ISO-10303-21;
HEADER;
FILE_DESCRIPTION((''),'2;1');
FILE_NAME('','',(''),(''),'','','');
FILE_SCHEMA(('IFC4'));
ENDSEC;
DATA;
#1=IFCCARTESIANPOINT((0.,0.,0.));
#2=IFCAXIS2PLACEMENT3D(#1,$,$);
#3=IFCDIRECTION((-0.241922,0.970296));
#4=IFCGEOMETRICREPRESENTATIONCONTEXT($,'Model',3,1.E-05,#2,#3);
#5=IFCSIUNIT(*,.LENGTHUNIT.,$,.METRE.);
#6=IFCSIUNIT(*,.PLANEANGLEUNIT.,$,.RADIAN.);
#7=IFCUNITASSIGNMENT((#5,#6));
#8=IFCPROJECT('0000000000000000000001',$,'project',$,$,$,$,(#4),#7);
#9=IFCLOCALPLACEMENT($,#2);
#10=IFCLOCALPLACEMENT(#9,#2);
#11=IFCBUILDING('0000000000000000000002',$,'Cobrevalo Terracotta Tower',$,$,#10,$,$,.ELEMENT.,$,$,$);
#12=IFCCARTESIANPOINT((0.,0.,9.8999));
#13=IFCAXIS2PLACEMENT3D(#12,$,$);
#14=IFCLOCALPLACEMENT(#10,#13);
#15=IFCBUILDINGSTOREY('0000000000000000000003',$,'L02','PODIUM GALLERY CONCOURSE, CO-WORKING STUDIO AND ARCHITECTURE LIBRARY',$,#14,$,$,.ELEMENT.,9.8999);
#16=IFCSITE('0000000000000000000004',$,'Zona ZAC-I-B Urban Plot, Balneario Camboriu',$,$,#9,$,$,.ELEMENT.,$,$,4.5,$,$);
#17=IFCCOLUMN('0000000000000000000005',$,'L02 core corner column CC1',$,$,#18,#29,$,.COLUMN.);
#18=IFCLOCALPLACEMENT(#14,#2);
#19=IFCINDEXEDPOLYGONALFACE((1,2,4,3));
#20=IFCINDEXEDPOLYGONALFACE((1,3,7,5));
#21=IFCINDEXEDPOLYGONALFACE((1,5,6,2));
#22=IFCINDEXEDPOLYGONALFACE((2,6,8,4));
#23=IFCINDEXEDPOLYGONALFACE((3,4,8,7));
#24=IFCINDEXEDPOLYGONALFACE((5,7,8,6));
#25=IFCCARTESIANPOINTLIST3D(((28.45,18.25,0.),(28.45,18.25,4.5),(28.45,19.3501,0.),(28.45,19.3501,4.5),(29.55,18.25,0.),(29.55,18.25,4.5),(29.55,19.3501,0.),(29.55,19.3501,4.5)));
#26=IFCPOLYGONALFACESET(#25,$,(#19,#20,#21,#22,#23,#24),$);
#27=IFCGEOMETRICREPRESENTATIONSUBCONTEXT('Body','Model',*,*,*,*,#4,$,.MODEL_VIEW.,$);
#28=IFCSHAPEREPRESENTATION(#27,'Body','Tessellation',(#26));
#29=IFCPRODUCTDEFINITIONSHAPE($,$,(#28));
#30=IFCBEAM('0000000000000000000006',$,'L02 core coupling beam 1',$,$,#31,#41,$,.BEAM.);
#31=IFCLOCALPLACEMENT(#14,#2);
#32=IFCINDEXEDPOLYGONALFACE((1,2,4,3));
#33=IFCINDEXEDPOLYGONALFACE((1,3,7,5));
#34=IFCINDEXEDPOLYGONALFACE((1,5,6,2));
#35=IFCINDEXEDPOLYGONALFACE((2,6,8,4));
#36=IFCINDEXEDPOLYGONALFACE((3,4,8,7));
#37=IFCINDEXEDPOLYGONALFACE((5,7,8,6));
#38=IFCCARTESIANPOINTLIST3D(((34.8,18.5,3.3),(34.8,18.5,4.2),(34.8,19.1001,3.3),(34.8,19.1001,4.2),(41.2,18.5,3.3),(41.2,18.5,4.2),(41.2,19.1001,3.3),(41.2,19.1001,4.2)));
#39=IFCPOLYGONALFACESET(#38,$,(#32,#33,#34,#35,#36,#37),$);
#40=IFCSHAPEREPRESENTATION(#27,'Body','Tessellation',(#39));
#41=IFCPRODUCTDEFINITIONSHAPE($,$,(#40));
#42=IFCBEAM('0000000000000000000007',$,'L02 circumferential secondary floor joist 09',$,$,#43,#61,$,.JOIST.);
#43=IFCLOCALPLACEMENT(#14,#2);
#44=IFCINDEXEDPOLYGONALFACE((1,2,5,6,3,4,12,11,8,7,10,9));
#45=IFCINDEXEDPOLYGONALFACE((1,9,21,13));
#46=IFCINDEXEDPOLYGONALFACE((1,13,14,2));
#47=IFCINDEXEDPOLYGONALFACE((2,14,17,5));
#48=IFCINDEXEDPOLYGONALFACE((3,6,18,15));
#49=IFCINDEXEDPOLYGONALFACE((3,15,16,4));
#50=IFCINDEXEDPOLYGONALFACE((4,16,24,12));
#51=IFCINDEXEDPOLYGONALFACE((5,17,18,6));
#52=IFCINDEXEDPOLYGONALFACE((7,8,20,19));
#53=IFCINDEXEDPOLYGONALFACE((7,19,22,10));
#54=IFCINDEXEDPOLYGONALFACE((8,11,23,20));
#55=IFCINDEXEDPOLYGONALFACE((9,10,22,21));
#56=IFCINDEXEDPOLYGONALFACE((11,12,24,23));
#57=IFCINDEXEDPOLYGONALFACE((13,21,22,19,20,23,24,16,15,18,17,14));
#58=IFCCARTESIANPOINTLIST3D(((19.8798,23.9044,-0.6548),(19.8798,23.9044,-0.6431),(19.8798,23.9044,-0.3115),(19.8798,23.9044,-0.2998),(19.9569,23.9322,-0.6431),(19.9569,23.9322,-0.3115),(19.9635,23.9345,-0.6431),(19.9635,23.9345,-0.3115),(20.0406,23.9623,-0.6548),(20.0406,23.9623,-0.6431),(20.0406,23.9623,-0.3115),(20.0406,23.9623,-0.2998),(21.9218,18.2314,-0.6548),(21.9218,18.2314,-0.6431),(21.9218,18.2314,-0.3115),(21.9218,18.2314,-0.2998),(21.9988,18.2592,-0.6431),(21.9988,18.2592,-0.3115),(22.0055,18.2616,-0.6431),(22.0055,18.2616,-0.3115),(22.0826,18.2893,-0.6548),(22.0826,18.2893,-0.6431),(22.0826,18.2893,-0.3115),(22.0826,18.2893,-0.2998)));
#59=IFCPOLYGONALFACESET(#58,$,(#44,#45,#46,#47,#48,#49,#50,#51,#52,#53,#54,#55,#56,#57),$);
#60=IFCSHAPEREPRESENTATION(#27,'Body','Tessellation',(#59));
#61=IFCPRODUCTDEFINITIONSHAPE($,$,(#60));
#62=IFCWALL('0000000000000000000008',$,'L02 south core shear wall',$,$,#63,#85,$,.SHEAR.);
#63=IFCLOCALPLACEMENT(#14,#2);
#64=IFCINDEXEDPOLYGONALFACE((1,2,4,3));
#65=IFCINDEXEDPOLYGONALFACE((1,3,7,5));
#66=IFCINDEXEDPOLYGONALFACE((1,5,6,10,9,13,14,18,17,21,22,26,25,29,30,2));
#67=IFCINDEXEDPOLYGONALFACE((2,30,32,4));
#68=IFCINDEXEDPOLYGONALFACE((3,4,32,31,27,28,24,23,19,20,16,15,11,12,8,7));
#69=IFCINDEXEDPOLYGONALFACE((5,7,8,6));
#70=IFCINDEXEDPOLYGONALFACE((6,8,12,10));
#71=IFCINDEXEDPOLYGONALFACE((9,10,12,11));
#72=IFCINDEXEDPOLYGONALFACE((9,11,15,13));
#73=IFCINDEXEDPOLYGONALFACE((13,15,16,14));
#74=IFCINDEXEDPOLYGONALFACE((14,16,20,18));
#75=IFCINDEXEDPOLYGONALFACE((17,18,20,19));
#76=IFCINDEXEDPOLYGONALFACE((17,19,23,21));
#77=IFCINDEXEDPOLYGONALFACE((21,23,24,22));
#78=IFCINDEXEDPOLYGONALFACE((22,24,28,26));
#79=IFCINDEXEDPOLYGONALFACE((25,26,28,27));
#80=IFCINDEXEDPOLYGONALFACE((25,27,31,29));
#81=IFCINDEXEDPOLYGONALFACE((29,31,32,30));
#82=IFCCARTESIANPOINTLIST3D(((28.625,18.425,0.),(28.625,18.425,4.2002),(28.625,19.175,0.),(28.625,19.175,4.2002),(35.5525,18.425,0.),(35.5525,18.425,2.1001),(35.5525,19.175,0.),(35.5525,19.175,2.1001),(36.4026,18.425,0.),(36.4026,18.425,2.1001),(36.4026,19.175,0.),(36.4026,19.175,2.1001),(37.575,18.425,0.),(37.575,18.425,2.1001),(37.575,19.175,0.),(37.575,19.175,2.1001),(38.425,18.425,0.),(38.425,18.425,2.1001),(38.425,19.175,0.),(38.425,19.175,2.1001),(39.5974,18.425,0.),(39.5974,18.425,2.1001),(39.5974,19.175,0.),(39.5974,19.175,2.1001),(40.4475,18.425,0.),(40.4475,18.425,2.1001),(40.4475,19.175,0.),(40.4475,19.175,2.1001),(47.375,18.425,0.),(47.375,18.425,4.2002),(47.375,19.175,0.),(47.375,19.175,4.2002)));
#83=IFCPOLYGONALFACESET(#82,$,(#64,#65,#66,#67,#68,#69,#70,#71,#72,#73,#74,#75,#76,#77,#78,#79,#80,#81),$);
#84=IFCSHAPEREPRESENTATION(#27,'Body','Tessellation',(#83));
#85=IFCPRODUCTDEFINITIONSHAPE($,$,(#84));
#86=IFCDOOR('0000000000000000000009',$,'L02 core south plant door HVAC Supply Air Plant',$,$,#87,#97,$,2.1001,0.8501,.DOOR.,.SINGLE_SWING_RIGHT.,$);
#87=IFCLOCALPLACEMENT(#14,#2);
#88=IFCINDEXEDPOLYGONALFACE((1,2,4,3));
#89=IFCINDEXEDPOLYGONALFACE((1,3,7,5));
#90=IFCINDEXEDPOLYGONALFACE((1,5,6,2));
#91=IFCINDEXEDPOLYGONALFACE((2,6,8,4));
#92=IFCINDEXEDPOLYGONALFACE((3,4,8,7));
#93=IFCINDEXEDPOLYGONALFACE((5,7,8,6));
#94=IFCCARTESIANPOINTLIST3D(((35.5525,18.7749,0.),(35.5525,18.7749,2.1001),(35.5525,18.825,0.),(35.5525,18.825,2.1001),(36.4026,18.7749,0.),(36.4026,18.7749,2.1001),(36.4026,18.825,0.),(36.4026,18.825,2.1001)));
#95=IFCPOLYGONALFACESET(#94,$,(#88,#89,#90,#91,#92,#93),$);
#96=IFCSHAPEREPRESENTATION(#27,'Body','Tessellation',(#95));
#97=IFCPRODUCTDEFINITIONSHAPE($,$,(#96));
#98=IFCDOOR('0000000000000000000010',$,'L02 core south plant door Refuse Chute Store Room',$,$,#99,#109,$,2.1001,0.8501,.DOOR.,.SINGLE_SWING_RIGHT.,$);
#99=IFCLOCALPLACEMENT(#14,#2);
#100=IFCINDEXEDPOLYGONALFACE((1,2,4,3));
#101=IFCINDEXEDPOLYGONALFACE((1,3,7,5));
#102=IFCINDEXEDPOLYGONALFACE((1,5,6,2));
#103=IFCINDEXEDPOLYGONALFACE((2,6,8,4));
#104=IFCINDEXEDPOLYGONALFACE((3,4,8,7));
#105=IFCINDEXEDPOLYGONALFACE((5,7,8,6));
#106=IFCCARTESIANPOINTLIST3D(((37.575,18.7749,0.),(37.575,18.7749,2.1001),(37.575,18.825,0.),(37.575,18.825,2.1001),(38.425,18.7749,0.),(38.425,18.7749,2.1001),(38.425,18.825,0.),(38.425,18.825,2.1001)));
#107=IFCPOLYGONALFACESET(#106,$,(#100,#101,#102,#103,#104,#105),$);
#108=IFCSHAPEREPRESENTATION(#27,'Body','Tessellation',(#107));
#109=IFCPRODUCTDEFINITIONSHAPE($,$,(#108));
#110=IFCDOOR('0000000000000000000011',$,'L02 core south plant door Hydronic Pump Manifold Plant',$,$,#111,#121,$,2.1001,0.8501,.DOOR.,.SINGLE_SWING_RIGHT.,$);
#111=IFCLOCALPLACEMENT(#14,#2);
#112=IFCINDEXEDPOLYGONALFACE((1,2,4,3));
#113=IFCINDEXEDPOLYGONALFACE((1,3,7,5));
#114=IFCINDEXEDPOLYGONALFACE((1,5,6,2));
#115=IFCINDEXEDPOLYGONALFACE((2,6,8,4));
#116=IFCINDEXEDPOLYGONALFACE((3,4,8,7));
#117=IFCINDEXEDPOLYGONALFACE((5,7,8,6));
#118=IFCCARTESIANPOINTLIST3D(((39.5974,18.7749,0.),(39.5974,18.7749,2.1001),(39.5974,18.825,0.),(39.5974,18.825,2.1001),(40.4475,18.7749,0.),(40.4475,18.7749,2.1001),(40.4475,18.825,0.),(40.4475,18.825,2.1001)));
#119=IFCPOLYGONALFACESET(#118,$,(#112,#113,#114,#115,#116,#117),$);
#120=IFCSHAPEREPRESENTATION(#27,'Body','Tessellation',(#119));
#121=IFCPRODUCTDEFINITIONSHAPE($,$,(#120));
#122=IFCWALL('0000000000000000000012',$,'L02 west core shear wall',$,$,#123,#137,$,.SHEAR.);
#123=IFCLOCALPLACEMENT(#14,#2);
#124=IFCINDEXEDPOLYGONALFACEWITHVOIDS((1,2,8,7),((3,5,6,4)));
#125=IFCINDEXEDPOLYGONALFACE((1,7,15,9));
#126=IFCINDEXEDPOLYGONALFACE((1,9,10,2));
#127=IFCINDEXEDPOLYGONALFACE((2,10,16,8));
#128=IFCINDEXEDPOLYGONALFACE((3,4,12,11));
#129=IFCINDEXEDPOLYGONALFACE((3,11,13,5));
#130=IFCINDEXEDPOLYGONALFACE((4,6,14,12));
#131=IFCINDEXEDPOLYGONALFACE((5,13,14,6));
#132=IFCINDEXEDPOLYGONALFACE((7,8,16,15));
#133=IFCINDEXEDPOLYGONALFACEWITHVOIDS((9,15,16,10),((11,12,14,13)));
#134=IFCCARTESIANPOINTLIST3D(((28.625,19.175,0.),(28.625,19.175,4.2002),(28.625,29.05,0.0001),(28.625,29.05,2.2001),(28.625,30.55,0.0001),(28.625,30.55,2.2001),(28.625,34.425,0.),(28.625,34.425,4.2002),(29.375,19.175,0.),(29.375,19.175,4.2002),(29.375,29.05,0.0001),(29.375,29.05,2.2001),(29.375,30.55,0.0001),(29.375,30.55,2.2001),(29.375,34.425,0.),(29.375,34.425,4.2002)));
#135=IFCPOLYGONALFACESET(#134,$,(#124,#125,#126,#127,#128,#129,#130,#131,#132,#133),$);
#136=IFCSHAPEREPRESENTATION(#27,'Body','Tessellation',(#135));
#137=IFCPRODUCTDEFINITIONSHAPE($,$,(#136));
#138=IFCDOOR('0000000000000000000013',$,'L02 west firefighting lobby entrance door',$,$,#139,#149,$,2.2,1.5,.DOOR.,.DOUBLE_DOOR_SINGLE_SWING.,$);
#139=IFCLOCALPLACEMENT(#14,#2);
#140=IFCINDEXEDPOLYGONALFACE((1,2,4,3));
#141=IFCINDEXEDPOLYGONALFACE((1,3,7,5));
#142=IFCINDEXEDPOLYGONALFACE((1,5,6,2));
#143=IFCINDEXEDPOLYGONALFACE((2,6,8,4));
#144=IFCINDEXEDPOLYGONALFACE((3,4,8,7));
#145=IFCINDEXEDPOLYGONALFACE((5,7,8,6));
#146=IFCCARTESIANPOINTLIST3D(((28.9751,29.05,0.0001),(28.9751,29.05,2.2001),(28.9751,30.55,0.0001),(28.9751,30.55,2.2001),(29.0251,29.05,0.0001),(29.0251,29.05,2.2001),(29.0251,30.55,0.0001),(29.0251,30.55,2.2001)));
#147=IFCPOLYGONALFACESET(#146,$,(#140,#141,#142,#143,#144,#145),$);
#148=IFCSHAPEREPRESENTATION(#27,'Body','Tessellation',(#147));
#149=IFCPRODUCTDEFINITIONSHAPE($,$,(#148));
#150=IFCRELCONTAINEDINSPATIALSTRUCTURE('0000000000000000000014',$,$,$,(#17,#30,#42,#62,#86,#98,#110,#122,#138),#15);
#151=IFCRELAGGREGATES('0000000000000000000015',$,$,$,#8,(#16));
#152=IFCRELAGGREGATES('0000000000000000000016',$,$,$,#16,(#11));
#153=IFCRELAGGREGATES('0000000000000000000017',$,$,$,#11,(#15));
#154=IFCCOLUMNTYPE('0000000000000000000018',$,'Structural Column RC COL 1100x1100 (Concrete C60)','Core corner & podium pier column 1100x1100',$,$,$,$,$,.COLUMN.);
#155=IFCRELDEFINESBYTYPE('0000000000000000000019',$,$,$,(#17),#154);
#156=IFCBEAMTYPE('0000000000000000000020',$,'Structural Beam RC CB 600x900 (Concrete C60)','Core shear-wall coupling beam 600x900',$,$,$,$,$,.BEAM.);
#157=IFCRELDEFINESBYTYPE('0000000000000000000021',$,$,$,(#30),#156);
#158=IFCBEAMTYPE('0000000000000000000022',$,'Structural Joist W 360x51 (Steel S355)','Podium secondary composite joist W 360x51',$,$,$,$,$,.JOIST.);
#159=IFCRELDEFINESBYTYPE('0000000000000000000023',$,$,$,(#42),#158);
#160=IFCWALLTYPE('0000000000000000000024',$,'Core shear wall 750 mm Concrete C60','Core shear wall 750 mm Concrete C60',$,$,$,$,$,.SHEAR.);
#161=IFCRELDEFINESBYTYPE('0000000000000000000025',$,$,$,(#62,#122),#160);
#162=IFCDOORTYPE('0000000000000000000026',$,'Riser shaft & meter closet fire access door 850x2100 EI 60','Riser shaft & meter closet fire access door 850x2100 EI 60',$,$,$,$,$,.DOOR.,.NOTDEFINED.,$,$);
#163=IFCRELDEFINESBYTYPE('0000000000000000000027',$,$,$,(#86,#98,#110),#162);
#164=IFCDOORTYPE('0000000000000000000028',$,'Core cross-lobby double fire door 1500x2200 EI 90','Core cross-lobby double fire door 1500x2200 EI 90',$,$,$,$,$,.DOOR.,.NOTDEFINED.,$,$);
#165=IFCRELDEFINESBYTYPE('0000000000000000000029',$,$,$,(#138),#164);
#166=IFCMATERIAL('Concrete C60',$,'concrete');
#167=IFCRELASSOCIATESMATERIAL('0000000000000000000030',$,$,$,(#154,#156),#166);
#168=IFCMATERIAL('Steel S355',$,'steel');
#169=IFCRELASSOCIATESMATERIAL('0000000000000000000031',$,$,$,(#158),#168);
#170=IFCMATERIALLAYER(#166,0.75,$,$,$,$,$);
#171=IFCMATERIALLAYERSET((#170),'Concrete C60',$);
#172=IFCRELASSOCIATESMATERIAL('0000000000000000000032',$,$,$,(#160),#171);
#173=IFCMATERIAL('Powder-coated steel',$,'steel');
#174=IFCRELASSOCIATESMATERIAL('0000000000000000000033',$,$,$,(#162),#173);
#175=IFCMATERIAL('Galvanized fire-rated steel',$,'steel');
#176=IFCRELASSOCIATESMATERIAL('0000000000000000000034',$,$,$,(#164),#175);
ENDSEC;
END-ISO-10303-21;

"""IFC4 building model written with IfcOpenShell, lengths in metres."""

from ifc_helpers import new_model, si_unit, direction, frame, frame_2d, origin, origin_2d, place, context, subcontext, project, spatial, rectangle, i_section, extrude, source, transform, mapped, material, layer, layer_set, material_profile, profile_set, type_object, element, fill, save


model = new_model("IFC4")

# Units and contexts
model_context = context("Model", 3, precision=1e-05, world=origin(), true_north=direction((-0.241922, 0.970296)))
body_context = subcontext(model_context, "Body", "Model", "MODEL_VIEW")
ifc_project = project(units=[si_unit("LENGTHUNIT", "METRE"), si_unit("PLANEANGLEUNIT", "RADIAN")], contexts=[model_context])

# Site, building, storey
site_placement = place(None, origin())
site = spatial("IfcSite", under=ifc_project, at=site_placement, Name="Zona ZAC-I-B Urban Plot, Balneario Camboriu", CompositionType="ELEMENT", RefElevation=4.5)
building_placement = place(site_placement, origin())
building = spatial("IfcBuilding", under=site, at=building_placement, Name="Cobrevalo Terracotta Tower", CompositionType="ELEMENT")
storey_placement = place(building_placement, frame((0.0, 0.0, 9.8999)))
storey = spatial("IfcBuildingStorey", under=building, at=storey_placement, Name="L02", Description="PODIUM GALLERY CONCOURSE, CO-WORKING STUDIO AND ARCHITECTURE LIBRARY", CompositionType="ELEMENT", Elevation=9.8999)

# Column
ifc_material_1 = material(Name="Concrete C60", Category="concrete")
ifc_material_profile_1 = material_profile(ifc_material_1, rectangle(XDim=1.1001, YDim=1.1001, at=origin_2d()), Name="RC COL 1100x1100")
ifc_profile_set_1 = profile_set([ifc_material_profile_1], Name="Concrete C60")
column_type = type_object("IfcColumnType", Name="Structural Column RC COL 1100x1100 (Concrete C60)", Description="Core corner & podium pier column 1100x1100", PredefinedType="COLUMN", material=ifc_profile_set_1)
column_placement = place(storey_placement, frame((29.0, 18.8, 0.0), z_axis=(0.0, 0.0, 1.0), x_axis=(1.0, 0.0, 0.0)))
element("IfcColumn", 1, at=column_placement, inside=storey, type_object=column_type, Name="L02 core corner column CC1", PredefinedType="COLUMN", context=body_context, shape_type="SweptSolid", body=[
    extrude(rectangle(XDim=1.1001, YDim=1.1001, at=origin_2d()), origin(), (0.0, 0.0, 1.0), 4.5),
])

# Beams
ifc_material_profile_2 = material_profile(ifc_material_1, rectangle(XDim=0.6001, YDim=0.8999, at=origin_2d()), Name="RC CB 600x900")
ifc_profile_set_2 = profile_set([ifc_material_profile_2], Name="Concrete C60")
beam_type_1 = type_object("IfcBeamType", Name="Structural Beam RC CB 600x900 (Concrete C60)", Description="Core shear-wall coupling beam 600x900", PredefinedType="BEAM", material=ifc_profile_set_2)
beam_1_placement = place(storey_placement, frame((34.8, 18.8, 3.75), z_axis=(1.0, 0.0, 0.0), x_axis=(0.0, 1.0, 0.0)))
element("IfcBeam", 2, at=beam_1_placement, inside=storey, type_object=beam_type_1, Name="L02 core coupling beam 1", PredefinedType="BEAM", context=body_context, shape_type="SweptSolid", body=[
    extrude(rectangle(XDim=0.6001, YDim=0.8999, at=origin_2d()), origin(), (0.0, 0.0, 1.0), 6.3999),
])
ifc_material_2 = material(Name="Steel S355", Category="steel")
ifc_material_profile_3 = material_profile(ifc_material_2, i_section(OverallWidth=0.1709, OverallDepth=0.355, WebThickness=0.0071, FlangeThickness=0.0117, at=origin_2d()), Name="W 360x51")
ifc_profile_set_3 = profile_set([ifc_material_profile_3], Name="Steel S355")
beam_type_2 = type_object("IfcBeamType", Name="Structural Joist W 360x51 (Steel S355)", Description="Podium secondary composite joist W 360x51", PredefinedType="JOIST", material=ifc_profile_set_3)
beam_2_placement = place(storey_placement, frame((19.9602, 23.9333, -0.4773), z_axis=(0.338672, -0.940904, 0.0), x_axis=(0.940904, 0.338672, 0.0)))
element("IfcBeam", 3, at=beam_2_placement, inside=storey, type_object=beam_type_2, Name="L02 circumferential secondary floor joist 09", PredefinedType="JOIST", context=body_context, shape_type="SweptSolid", body=[
    extrude(i_section(OverallWidth=0.1709, OverallDepth=0.355, WebThickness=0.0071, FlangeThickness=0.0117, at=origin_2d()), origin(), (0.0, 0.0, 1.0), 6.0293),
])

# Wall, openings, doors
ifc_layer_1 = layer(ifc_material_1, 0.75)
ifc_layer_set_1 = layer_set([ifc_layer_1], Name="Concrete C60")
wall_type_1 = type_object("IfcWallType", Name="Core shear wall 750 mm Concrete C60", Description="Core shear wall 750 mm Concrete C60", PredefinedType="SHEAR", material=ifc_layer_set_1)
wall_1_placement = place(storey_placement, frame((28.625, 18.8, 0.0), z_axis=(0.0, 0.0, 1.0), x_axis=(1.0, 0.0, 0.0)))
wall_1 = element("IfcWall", 4, at=wall_1_placement, inside=storey, type_object=wall_type_1, Name="L02 south core shear wall", PredefinedType="SHEAR", context=body_context, shape_type="SweptSolid", body=[
    extrude(rectangle(XDim=18.75, YDim=0.75, at=frame_2d((9.375, 0.0))), origin(), (0.0, 0.0, 1.0), 4.2002),
])
opening_1_placement = place(wall_1_placement, frame((6.9275, 0.0, 0.0)))
opening_1 = element("IfcOpeningElement", 5, at=opening_1_placement, cuts=wall_1, PredefinedType="OPENING", context=body_context, shape_type="SweptSolid", body=[
    extrude(rectangle(XDim=0.8501, YDim=2.1001, at=frame_2d((0.425, 1.05))), frame((0.0, 0.385, 0.0), z_axis=(0.0, -1.0, 0.0), x_axis=(1.0, 0.0, 0.0)), (0.0, 0.0, 1.0), 0.77),
])
opening_2_placement = place(wall_1_placement, frame((8.95, 0.0, 0.0)))
opening_2 = element("IfcOpeningElement", 6, at=opening_2_placement, cuts=wall_1, PredefinedType="OPENING", context=body_context, shape_type="SweptSolid", body=[
    extrude(rectangle(XDim=0.8501, YDim=2.1001, at=frame_2d((0.425, 1.05))), frame((0.0, 0.385, 0.0), z_axis=(0.0, -1.0, 0.0), x_axis=(1.0, 0.0, 0.0)), (0.0, 0.0, 1.0), 0.77),
])
opening_3_placement = place(wall_1_placement, frame((10.9724, 0.0, 0.0)))
opening_3 = element("IfcOpeningElement", 7, at=opening_3_placement, cuts=wall_1, PredefinedType="OPENING", context=body_context, shape_type="SweptSolid", body=[
    extrude(rectangle(XDim=0.8501, YDim=2.1001, at=frame_2d((0.425, 1.05))), frame((0.0, 0.385, 0.0), z_axis=(0.0, -1.0, 0.0), x_axis=(1.0, 0.0, 0.0)), (0.0, 0.0, 1.0), 0.77),
])
ifc_material_3 = material(Name="Powder-coated steel", Category="steel")
door_type_1 = type_object("IfcDoorType", Name="Riser shaft & meter closet fire access door 850x2100 EI 60", Description="Riser shaft & meter closet fire access door 850x2100 EI 60", OperationType="NOTDEFINED", PredefinedType="DOOR", material=ifc_material_3)
shared_shape_1 = source(origin(), body_context, "Body", "SweptSolid", [
    extrude(rectangle(XDim=0.8501, YDim=2.1001, at=frame_2d((0.425, 1.05))), frame((0.0, 0.0249, 0.0), z_axis=(0.0, -1.0, 0.0), x_axis=(1.0, 0.0, 0.0)), (0.0, 0.0, 1.0), 0.05),
])
door_1_placement = place(opening_1_placement, origin())
door_1 = element("IfcDoor", 8, at=door_1_placement, inside=storey, type_object=door_type_1, Name="L02 core south plant door HVAC Supply Air Plant", OperationType="SINGLE_SWING_RIGHT", OverallHeight=2.1001, OverallWidth=0.8501, PredefinedType="DOOR", context=body_context, shape_type="MappedRepresentation", body=[
    mapped(shared_shape_1, transform((0.0, 0.0, 0.0), scale=1.0)),
])
fill(opening_1, door_1)
door_2_placement = place(opening_2_placement, origin())
door_2 = element("IfcDoor", 9, at=door_2_placement, inside=storey, type_object=door_type_1, Name="L02 core south plant door Refuse Chute Store Room", OperationType="SINGLE_SWING_RIGHT", OverallHeight=2.1001, OverallWidth=0.8501, PredefinedType="DOOR", context=body_context, shape_type="MappedRepresentation", body=[
    mapped(shared_shape_1, transform((0.0, 0.0, 0.0), scale=1.0)),
])
fill(opening_2, door_2)
door_3_placement = place(opening_3_placement, origin())
door_3 = element("IfcDoor", 10, at=door_3_placement, inside=storey, type_object=door_type_1, Name="L02 core south plant door Hydronic Pump Manifold Plant", OperationType="SINGLE_SWING_RIGHT", OverallHeight=2.1001, OverallWidth=0.8501, PredefinedType="DOOR", context=body_context, shape_type="MappedRepresentation", body=[
    mapped(shared_shape_1, transform((0.0, 0.0, 0.0), scale=1.0)),
])
fill(opening_3, door_3)

# Wall, opening, door
wall_2_placement = place(storey_placement, frame((29.0, 19.175, 0.0), z_axis=(0.0, 0.0, 1.0), x_axis=(0.0, 1.0, 0.0)))
wall_2 = element("IfcWall", 11, at=wall_2_placement, inside=storey, type_object=wall_type_1, Name="L02 west core shear wall", PredefinedType="SHEAR", context=body_context, shape_type="SweptSolid", body=[
    extrude(rectangle(XDim=15.25, YDim=0.75, at=frame_2d((7.625, 0.0))), origin(), (0.0, 0.0, 1.0), 4.2002),
])
opening_4_placement = place(wall_2_placement, frame((9.875, 0.0, 0.0)))
opening_4 = element("IfcOpeningElement", 12, at=opening_4_placement, cuts=wall_2, PredefinedType="OPENING", context=body_context, shape_type="SweptSolid", body=[
    extrude(rectangle(XDim=1.5, YDim=2.2, at=frame_2d((0.75, 1.1001))), frame((0.0, 0.385, 0.0), z_axis=(0.0, -1.0, 0.0), x_axis=(1.0, 0.0, 0.0)), (0.0, 0.0, 1.0), 0.77),
])
ifc_material_4 = material(Name="Galvanized fire-rated steel", Category="steel")
door_type_2 = type_object("IfcDoorType", Name="Core cross-lobby double fire door 1500x2200 EI 90", Description="Core cross-lobby double fire door 1500x2200 EI 90", OperationType="NOTDEFINED", PredefinedType="DOOR", material=ifc_material_4)
shared_shape_2 = source(origin(), body_context, "Body", "SweptSolid", [
    extrude(rectangle(XDim=1.5, YDim=2.2, at=frame_2d((0.75, 1.1001))), frame((0.0, 0.0249, 0.0), z_axis=(0.0, -1.0, 0.0), x_axis=(1.0, 0.0, 0.0)), (0.0, 0.0, 1.0), 0.05),
])
door_4_placement = place(opening_4_placement, origin())
door_4 = element("IfcDoor", 13, at=door_4_placement, inside=storey, type_object=door_type_2, Name="L02 west firefighting lobby entrance door", OperationType="DOUBLE_DOOR_SINGLE_SWING", OverallHeight=2.2, OverallWidth=1.5, PredefinedType="DOOR", context=body_context, shape_type="MappedRepresentation", body=[
    mapped(shared_shape_2, transform((0.0, 0.0, 0.0), scale=1.0)),
])
fill(opening_4, door_4)

save(model, "model.ifc")
